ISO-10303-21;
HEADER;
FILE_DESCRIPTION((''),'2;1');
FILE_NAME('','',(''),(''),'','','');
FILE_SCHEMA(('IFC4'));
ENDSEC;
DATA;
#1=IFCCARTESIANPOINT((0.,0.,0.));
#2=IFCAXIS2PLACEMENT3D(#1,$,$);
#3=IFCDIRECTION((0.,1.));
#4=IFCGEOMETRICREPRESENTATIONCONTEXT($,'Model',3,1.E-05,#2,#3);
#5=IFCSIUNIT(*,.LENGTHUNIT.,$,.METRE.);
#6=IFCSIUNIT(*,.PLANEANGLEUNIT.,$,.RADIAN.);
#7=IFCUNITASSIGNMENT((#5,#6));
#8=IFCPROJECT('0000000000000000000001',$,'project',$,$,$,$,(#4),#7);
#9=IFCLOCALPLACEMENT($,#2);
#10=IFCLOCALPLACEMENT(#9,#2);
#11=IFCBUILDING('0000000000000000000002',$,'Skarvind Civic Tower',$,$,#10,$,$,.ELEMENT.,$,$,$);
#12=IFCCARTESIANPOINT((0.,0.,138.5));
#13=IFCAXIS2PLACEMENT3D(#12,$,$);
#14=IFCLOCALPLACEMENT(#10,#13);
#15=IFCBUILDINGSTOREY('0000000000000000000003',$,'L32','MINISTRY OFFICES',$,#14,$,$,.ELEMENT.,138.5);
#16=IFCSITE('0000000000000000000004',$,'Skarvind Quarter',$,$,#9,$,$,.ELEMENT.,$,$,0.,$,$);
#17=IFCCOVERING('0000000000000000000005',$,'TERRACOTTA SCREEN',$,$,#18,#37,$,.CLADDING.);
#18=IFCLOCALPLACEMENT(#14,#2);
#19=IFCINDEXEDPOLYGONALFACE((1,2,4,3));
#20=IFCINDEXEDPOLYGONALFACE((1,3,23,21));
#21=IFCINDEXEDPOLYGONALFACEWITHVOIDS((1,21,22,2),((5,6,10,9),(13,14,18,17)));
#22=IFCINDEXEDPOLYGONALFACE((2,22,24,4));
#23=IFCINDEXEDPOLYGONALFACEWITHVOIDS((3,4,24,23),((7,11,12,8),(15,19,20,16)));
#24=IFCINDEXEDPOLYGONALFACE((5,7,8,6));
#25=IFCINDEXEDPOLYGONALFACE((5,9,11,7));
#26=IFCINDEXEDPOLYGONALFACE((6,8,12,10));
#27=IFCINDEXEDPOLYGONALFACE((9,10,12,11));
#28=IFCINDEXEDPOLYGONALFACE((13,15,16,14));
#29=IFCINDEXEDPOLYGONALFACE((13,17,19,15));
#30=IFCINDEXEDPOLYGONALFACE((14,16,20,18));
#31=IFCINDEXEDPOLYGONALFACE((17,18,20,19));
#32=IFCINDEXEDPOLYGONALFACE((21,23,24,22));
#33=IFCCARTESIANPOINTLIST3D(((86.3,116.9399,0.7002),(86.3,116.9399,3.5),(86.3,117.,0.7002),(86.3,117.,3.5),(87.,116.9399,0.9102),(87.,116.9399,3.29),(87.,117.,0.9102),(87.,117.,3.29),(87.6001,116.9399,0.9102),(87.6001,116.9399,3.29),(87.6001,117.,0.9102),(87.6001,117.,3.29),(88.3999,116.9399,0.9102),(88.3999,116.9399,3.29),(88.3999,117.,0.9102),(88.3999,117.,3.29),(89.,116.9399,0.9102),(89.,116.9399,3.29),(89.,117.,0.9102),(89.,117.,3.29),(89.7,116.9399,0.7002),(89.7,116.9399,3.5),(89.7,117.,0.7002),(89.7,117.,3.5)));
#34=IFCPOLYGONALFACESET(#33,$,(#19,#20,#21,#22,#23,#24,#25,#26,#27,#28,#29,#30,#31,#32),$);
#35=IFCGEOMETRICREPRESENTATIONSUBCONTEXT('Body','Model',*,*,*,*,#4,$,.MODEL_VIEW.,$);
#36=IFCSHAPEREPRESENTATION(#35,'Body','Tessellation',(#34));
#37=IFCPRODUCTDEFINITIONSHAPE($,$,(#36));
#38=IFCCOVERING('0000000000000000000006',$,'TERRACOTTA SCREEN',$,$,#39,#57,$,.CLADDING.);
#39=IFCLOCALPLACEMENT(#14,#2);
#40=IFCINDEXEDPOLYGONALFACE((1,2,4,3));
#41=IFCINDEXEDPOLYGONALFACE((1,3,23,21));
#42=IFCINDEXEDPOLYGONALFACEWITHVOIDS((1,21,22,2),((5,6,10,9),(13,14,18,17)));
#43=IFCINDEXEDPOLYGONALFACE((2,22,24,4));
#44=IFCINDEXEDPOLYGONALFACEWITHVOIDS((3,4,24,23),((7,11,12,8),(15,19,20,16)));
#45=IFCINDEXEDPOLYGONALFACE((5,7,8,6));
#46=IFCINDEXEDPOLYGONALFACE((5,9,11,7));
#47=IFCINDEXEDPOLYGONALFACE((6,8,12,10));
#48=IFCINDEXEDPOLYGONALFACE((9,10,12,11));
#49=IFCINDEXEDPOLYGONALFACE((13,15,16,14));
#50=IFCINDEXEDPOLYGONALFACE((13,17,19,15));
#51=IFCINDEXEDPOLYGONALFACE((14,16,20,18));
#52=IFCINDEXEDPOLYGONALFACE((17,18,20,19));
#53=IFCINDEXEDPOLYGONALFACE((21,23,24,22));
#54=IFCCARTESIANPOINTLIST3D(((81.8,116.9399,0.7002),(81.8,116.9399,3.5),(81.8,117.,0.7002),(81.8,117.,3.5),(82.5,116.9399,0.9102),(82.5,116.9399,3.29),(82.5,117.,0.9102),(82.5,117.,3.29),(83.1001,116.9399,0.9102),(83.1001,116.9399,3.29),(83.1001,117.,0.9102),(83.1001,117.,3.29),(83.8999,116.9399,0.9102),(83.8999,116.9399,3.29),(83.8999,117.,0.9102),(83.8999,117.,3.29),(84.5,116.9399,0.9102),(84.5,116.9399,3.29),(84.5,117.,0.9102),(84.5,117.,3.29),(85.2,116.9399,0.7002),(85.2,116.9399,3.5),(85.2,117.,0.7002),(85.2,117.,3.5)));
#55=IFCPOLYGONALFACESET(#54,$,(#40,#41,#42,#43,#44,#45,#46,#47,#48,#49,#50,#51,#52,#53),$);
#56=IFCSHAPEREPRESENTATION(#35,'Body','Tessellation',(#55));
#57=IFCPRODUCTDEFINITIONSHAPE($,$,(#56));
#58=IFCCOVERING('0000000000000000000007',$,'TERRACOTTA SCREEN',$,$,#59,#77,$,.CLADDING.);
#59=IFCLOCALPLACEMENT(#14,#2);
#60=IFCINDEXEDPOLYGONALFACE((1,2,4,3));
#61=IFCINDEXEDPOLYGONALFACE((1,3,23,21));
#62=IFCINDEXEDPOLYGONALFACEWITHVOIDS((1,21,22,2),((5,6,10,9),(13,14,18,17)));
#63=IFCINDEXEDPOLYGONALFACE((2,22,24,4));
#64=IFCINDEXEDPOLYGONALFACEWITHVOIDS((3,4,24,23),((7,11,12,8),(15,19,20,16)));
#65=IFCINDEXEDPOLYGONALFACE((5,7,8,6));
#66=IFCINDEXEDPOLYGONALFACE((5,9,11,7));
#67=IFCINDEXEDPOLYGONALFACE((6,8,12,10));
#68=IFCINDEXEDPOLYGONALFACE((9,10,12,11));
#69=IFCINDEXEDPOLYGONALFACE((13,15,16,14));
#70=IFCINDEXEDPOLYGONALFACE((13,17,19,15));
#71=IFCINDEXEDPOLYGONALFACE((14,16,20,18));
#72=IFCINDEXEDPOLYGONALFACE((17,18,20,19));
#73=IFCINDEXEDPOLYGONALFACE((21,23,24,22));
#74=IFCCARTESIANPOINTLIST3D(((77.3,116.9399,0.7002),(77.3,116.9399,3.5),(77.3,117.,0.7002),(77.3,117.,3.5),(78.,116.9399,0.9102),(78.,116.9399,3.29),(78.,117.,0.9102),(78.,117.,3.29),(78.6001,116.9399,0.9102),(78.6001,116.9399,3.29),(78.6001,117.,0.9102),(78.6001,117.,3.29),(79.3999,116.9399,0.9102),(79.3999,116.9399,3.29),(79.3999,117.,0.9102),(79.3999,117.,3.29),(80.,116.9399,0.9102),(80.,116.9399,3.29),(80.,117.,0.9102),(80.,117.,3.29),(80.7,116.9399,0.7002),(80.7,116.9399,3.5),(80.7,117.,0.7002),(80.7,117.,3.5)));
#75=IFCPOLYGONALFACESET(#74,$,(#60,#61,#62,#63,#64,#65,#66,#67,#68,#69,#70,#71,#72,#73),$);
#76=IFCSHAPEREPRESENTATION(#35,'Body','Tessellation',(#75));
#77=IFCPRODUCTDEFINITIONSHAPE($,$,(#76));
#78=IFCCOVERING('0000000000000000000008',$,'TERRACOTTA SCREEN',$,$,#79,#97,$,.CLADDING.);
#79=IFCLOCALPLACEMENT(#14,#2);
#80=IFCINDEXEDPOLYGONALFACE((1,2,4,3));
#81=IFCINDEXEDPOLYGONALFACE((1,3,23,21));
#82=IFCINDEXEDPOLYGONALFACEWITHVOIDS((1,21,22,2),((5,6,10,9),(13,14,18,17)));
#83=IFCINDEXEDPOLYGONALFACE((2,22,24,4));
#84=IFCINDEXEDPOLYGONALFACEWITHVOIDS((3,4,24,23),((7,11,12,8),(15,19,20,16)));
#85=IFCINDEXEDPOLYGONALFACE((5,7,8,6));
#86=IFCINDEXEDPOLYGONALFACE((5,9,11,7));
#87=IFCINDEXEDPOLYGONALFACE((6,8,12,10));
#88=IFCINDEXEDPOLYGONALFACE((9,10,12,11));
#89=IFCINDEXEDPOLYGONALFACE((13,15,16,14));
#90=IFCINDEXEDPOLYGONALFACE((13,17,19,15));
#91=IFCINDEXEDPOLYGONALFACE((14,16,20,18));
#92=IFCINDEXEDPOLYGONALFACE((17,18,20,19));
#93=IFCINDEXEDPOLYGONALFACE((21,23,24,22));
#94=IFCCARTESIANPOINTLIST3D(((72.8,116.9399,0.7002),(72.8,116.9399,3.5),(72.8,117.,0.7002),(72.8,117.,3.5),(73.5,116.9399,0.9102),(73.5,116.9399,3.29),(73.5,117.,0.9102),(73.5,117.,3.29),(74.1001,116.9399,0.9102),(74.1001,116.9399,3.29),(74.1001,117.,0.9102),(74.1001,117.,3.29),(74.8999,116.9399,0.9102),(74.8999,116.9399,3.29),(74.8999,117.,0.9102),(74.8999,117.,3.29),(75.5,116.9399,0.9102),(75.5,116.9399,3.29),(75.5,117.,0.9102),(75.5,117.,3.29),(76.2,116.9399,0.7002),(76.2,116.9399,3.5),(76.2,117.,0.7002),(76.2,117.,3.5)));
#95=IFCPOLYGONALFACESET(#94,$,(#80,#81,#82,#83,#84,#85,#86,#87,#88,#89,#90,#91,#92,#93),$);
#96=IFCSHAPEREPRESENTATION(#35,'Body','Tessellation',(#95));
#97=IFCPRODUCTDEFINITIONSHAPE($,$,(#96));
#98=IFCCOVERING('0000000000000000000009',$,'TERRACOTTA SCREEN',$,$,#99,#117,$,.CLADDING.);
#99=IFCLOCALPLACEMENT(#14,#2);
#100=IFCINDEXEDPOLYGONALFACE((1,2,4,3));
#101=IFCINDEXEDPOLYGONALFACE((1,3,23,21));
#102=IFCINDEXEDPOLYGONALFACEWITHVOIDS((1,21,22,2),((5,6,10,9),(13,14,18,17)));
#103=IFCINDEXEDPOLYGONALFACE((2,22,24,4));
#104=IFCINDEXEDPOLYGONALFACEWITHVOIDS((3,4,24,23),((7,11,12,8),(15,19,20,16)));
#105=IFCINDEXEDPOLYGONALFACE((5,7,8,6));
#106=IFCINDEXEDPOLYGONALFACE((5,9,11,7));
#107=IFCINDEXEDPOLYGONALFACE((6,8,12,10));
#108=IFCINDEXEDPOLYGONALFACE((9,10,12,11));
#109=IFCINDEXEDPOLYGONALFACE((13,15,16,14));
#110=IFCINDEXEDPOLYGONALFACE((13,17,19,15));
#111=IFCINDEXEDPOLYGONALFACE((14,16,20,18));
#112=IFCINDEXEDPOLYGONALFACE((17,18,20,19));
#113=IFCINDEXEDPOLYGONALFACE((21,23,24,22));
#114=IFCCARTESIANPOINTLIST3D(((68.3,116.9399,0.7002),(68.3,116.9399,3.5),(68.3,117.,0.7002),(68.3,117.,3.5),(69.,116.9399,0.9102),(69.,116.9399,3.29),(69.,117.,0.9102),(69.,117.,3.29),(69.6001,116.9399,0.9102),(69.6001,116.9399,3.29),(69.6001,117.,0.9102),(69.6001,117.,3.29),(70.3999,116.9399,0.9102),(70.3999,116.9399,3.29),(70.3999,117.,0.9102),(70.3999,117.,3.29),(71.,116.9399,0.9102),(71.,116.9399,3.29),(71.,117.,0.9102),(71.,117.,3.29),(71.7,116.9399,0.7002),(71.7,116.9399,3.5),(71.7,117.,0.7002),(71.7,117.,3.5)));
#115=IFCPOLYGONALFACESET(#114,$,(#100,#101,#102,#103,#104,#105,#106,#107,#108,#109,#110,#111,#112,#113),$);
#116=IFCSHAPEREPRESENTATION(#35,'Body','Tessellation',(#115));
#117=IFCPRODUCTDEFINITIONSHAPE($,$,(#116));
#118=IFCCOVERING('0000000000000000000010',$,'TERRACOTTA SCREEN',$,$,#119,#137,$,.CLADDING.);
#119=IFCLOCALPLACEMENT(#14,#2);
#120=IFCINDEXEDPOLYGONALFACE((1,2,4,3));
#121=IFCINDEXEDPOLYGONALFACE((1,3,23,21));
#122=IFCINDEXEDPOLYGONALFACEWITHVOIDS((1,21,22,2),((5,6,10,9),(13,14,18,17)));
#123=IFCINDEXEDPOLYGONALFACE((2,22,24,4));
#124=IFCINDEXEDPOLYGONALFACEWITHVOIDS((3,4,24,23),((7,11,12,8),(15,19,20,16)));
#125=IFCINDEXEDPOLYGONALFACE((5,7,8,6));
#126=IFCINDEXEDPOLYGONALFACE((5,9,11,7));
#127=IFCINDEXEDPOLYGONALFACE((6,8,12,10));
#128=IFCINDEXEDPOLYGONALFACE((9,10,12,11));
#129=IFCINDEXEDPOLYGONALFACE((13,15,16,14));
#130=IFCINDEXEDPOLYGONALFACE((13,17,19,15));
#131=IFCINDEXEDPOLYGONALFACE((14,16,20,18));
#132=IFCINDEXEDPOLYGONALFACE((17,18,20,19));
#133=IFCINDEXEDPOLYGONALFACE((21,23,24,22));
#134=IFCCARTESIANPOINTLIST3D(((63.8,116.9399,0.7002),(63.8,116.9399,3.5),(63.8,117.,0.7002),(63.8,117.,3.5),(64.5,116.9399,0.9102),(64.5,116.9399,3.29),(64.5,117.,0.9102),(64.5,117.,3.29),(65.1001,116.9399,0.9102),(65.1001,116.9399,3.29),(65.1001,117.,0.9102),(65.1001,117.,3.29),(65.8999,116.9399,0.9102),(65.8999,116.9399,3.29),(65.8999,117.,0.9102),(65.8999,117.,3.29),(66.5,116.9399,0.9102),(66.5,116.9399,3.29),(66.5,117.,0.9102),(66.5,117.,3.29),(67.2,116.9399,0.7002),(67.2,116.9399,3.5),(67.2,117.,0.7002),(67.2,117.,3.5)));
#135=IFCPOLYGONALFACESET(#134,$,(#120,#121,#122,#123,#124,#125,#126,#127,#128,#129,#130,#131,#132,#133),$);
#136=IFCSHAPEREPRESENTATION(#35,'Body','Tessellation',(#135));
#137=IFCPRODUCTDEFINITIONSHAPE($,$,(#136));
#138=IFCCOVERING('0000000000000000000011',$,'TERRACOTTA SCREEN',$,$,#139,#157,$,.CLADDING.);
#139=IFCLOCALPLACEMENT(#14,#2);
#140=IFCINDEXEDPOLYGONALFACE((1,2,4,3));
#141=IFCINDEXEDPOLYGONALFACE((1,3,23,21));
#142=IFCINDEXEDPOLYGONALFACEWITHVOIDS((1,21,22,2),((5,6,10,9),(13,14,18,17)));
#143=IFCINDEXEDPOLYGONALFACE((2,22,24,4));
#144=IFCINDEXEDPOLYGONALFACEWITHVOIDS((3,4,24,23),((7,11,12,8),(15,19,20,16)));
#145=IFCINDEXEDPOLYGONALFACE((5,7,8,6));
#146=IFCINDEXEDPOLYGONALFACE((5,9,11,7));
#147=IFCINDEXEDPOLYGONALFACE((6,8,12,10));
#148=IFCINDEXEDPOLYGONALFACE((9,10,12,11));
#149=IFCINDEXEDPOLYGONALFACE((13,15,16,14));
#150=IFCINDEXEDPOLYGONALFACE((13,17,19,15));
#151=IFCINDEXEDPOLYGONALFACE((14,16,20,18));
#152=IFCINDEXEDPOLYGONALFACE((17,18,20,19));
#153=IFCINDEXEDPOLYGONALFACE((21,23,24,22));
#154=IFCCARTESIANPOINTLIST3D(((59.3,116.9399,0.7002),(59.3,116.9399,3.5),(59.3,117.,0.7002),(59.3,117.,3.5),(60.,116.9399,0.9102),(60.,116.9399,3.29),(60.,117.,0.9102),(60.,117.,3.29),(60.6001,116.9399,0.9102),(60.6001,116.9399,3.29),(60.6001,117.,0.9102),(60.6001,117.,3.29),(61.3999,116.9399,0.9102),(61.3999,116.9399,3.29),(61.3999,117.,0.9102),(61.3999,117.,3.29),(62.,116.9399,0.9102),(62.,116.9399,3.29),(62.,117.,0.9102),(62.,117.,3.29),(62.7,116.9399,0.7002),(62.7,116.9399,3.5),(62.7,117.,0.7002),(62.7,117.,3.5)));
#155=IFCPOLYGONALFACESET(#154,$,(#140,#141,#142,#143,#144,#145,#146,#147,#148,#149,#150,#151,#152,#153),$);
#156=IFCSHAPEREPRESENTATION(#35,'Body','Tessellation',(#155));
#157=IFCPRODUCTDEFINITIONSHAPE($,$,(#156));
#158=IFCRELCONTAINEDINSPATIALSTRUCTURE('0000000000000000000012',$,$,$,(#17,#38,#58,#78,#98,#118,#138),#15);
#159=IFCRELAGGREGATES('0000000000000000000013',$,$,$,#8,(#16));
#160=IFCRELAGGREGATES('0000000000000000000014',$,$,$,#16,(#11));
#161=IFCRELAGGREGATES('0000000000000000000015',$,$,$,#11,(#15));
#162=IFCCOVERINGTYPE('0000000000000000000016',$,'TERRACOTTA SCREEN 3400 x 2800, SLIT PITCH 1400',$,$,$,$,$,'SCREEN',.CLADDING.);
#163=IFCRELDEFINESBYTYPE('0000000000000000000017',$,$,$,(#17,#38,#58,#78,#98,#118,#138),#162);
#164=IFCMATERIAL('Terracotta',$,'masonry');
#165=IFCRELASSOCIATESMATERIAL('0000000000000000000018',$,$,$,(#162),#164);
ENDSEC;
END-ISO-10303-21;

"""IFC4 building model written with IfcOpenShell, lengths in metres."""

from ifc_helpers import new_model, si_unit, direction, frame, origin, place, context, subcontext, project, spatial, polyline, outline, extrude, material, material_profile, profile_set, type_object, element, save


model = new_model("IFC4")

# Units and contexts
model_context = context("Model", 3, precision=1e-05, world=origin(), true_north=direction((0.0, 1.0)))
body_context = subcontext(model_context, "Body", "Model", "MODEL_VIEW")
ifc_project = project(units=[si_unit("LENGTHUNIT", "METRE"), si_unit("PLANEANGLEUNIT", "RADIAN")], contexts=[model_context])

# Site, building, storey
site_placement = place(None, origin())
site = spatial("IfcSite", under=ifc_project, at=site_placement, Name="Skarvind Quarter", CompositionType="ELEMENT", RefElevation=0.0)
building_placement = place(site_placement, origin())
building = spatial("IfcBuilding", under=site, at=building_placement, Name="Skarvind Civic Tower", CompositionType="ELEMENT")
storey_placement = place(building_placement, frame((0.0, 0.0, 138.5)))
storey = spatial("IfcBuildingStorey", under=building, at=storey_placement, Name="L32", Description="MINISTRY OFFICES", CompositionType="ELEMENT", Elevation=138.5)

# Coverings
ifc_material_1 = material(Name="Terracotta", Category="masonry")
ifc_material_profile_1 = material_profile(ifc_material_1, outline(polyline([(-1.7, -1.3999), (1.7, -1.3999), (1.7, 1.3999), (-1.7, 1.3999), (-1.7, -1.3999)]), holes=[polyline([(-1.0, -1.1899), (-0.3999, -1.1899), (-0.3999, 1.1899), (-1.0, 1.1899), (-1.0, -1.1899)]), polyline([(0.3999, -1.1899), (1.0, -1.1899), (1.0, 1.1899), (0.3999, 1.1899), (0.3999, -1.1899)])]), Name="TERRACOTTA SCREEN 3400 x 2800, SLIT PITCH 1400")
ifc_profile_set_1 = profile_set([ifc_material_profile_1], Name="Terracotta")
covering_type = type_object("IfcCoveringType", Name="TERRACOTTA SCREEN 3400 x 2800, SLIT PITCH 1400", ElementType="SCREEN", PredefinedType="CLADDING", material=ifc_profile_set_1)
for number, where, z_axis, x_axis, name in (
    (1, (88.0, 117.0, 2.1001), (0.0, -1.0, 0.0), (1.0, 0.0, 0.0), "TERRACOTTA SCREEN"),
    (2, (83.5, 117.0, 2.1001), (0.0, -1.0, 0.0), (1.0, 0.0, 0.0), "TERRACOTTA SCREEN"),
    (3, (79.0, 117.0, 2.1001), (0.0, -1.0, 0.0), (1.0, 0.0, 0.0), "TERRACOTTA SCREEN"),
    (4, (74.5, 117.0, 2.1001), (0.0, -1.0, 0.0), (1.0, 0.0, 0.0), "TERRACOTTA SCREEN"),
    (5, (70.0, 117.0, 2.1001), (0.0, -1.0, 0.0), (1.0, 0.0, 0.0), "TERRACOTTA SCREEN"),
    (6, (65.5, 117.0, 2.1001), (0.0, -1.0, 0.0), (1.0, 0.0, 0.0), "TERRACOTTA SCREEN"),
    (7, (61.0, 117.0, 2.1001), (0.0, -1.0, 0.0), (1.0, 0.0, 0.0), "TERRACOTTA SCREEN"),
):
    element("IfcCovering", number, at=place(storey_placement, frame(where, z_axis=z_axis, x_axis=x_axis)), inside=storey, type_object=covering_type, Name=name, PredefinedType="CLADDING", context=body_context, shape_type="SweptSolid", body=[
        extrude(outline(polyline([(-1.7, -1.3999), (1.7, -1.3999), (1.7, 1.3999), (-1.7, 1.3999), (-1.7, -1.3999)]), holes=[polyline([(-1.0, -1.1899), (-0.3999, -1.1899), (-0.3999, 1.1899), (-1.0, 1.1899), (-1.0, -1.1899)]), polyline([(0.3999, -1.1899), (1.0, -1.1899), (1.0, 1.1899), (0.3999, 1.1899), (0.3999, -1.1899)])]), origin(), (0.0, 0.0, 1.0), 0.0601),
    ])

save(model, "model.ifc")
